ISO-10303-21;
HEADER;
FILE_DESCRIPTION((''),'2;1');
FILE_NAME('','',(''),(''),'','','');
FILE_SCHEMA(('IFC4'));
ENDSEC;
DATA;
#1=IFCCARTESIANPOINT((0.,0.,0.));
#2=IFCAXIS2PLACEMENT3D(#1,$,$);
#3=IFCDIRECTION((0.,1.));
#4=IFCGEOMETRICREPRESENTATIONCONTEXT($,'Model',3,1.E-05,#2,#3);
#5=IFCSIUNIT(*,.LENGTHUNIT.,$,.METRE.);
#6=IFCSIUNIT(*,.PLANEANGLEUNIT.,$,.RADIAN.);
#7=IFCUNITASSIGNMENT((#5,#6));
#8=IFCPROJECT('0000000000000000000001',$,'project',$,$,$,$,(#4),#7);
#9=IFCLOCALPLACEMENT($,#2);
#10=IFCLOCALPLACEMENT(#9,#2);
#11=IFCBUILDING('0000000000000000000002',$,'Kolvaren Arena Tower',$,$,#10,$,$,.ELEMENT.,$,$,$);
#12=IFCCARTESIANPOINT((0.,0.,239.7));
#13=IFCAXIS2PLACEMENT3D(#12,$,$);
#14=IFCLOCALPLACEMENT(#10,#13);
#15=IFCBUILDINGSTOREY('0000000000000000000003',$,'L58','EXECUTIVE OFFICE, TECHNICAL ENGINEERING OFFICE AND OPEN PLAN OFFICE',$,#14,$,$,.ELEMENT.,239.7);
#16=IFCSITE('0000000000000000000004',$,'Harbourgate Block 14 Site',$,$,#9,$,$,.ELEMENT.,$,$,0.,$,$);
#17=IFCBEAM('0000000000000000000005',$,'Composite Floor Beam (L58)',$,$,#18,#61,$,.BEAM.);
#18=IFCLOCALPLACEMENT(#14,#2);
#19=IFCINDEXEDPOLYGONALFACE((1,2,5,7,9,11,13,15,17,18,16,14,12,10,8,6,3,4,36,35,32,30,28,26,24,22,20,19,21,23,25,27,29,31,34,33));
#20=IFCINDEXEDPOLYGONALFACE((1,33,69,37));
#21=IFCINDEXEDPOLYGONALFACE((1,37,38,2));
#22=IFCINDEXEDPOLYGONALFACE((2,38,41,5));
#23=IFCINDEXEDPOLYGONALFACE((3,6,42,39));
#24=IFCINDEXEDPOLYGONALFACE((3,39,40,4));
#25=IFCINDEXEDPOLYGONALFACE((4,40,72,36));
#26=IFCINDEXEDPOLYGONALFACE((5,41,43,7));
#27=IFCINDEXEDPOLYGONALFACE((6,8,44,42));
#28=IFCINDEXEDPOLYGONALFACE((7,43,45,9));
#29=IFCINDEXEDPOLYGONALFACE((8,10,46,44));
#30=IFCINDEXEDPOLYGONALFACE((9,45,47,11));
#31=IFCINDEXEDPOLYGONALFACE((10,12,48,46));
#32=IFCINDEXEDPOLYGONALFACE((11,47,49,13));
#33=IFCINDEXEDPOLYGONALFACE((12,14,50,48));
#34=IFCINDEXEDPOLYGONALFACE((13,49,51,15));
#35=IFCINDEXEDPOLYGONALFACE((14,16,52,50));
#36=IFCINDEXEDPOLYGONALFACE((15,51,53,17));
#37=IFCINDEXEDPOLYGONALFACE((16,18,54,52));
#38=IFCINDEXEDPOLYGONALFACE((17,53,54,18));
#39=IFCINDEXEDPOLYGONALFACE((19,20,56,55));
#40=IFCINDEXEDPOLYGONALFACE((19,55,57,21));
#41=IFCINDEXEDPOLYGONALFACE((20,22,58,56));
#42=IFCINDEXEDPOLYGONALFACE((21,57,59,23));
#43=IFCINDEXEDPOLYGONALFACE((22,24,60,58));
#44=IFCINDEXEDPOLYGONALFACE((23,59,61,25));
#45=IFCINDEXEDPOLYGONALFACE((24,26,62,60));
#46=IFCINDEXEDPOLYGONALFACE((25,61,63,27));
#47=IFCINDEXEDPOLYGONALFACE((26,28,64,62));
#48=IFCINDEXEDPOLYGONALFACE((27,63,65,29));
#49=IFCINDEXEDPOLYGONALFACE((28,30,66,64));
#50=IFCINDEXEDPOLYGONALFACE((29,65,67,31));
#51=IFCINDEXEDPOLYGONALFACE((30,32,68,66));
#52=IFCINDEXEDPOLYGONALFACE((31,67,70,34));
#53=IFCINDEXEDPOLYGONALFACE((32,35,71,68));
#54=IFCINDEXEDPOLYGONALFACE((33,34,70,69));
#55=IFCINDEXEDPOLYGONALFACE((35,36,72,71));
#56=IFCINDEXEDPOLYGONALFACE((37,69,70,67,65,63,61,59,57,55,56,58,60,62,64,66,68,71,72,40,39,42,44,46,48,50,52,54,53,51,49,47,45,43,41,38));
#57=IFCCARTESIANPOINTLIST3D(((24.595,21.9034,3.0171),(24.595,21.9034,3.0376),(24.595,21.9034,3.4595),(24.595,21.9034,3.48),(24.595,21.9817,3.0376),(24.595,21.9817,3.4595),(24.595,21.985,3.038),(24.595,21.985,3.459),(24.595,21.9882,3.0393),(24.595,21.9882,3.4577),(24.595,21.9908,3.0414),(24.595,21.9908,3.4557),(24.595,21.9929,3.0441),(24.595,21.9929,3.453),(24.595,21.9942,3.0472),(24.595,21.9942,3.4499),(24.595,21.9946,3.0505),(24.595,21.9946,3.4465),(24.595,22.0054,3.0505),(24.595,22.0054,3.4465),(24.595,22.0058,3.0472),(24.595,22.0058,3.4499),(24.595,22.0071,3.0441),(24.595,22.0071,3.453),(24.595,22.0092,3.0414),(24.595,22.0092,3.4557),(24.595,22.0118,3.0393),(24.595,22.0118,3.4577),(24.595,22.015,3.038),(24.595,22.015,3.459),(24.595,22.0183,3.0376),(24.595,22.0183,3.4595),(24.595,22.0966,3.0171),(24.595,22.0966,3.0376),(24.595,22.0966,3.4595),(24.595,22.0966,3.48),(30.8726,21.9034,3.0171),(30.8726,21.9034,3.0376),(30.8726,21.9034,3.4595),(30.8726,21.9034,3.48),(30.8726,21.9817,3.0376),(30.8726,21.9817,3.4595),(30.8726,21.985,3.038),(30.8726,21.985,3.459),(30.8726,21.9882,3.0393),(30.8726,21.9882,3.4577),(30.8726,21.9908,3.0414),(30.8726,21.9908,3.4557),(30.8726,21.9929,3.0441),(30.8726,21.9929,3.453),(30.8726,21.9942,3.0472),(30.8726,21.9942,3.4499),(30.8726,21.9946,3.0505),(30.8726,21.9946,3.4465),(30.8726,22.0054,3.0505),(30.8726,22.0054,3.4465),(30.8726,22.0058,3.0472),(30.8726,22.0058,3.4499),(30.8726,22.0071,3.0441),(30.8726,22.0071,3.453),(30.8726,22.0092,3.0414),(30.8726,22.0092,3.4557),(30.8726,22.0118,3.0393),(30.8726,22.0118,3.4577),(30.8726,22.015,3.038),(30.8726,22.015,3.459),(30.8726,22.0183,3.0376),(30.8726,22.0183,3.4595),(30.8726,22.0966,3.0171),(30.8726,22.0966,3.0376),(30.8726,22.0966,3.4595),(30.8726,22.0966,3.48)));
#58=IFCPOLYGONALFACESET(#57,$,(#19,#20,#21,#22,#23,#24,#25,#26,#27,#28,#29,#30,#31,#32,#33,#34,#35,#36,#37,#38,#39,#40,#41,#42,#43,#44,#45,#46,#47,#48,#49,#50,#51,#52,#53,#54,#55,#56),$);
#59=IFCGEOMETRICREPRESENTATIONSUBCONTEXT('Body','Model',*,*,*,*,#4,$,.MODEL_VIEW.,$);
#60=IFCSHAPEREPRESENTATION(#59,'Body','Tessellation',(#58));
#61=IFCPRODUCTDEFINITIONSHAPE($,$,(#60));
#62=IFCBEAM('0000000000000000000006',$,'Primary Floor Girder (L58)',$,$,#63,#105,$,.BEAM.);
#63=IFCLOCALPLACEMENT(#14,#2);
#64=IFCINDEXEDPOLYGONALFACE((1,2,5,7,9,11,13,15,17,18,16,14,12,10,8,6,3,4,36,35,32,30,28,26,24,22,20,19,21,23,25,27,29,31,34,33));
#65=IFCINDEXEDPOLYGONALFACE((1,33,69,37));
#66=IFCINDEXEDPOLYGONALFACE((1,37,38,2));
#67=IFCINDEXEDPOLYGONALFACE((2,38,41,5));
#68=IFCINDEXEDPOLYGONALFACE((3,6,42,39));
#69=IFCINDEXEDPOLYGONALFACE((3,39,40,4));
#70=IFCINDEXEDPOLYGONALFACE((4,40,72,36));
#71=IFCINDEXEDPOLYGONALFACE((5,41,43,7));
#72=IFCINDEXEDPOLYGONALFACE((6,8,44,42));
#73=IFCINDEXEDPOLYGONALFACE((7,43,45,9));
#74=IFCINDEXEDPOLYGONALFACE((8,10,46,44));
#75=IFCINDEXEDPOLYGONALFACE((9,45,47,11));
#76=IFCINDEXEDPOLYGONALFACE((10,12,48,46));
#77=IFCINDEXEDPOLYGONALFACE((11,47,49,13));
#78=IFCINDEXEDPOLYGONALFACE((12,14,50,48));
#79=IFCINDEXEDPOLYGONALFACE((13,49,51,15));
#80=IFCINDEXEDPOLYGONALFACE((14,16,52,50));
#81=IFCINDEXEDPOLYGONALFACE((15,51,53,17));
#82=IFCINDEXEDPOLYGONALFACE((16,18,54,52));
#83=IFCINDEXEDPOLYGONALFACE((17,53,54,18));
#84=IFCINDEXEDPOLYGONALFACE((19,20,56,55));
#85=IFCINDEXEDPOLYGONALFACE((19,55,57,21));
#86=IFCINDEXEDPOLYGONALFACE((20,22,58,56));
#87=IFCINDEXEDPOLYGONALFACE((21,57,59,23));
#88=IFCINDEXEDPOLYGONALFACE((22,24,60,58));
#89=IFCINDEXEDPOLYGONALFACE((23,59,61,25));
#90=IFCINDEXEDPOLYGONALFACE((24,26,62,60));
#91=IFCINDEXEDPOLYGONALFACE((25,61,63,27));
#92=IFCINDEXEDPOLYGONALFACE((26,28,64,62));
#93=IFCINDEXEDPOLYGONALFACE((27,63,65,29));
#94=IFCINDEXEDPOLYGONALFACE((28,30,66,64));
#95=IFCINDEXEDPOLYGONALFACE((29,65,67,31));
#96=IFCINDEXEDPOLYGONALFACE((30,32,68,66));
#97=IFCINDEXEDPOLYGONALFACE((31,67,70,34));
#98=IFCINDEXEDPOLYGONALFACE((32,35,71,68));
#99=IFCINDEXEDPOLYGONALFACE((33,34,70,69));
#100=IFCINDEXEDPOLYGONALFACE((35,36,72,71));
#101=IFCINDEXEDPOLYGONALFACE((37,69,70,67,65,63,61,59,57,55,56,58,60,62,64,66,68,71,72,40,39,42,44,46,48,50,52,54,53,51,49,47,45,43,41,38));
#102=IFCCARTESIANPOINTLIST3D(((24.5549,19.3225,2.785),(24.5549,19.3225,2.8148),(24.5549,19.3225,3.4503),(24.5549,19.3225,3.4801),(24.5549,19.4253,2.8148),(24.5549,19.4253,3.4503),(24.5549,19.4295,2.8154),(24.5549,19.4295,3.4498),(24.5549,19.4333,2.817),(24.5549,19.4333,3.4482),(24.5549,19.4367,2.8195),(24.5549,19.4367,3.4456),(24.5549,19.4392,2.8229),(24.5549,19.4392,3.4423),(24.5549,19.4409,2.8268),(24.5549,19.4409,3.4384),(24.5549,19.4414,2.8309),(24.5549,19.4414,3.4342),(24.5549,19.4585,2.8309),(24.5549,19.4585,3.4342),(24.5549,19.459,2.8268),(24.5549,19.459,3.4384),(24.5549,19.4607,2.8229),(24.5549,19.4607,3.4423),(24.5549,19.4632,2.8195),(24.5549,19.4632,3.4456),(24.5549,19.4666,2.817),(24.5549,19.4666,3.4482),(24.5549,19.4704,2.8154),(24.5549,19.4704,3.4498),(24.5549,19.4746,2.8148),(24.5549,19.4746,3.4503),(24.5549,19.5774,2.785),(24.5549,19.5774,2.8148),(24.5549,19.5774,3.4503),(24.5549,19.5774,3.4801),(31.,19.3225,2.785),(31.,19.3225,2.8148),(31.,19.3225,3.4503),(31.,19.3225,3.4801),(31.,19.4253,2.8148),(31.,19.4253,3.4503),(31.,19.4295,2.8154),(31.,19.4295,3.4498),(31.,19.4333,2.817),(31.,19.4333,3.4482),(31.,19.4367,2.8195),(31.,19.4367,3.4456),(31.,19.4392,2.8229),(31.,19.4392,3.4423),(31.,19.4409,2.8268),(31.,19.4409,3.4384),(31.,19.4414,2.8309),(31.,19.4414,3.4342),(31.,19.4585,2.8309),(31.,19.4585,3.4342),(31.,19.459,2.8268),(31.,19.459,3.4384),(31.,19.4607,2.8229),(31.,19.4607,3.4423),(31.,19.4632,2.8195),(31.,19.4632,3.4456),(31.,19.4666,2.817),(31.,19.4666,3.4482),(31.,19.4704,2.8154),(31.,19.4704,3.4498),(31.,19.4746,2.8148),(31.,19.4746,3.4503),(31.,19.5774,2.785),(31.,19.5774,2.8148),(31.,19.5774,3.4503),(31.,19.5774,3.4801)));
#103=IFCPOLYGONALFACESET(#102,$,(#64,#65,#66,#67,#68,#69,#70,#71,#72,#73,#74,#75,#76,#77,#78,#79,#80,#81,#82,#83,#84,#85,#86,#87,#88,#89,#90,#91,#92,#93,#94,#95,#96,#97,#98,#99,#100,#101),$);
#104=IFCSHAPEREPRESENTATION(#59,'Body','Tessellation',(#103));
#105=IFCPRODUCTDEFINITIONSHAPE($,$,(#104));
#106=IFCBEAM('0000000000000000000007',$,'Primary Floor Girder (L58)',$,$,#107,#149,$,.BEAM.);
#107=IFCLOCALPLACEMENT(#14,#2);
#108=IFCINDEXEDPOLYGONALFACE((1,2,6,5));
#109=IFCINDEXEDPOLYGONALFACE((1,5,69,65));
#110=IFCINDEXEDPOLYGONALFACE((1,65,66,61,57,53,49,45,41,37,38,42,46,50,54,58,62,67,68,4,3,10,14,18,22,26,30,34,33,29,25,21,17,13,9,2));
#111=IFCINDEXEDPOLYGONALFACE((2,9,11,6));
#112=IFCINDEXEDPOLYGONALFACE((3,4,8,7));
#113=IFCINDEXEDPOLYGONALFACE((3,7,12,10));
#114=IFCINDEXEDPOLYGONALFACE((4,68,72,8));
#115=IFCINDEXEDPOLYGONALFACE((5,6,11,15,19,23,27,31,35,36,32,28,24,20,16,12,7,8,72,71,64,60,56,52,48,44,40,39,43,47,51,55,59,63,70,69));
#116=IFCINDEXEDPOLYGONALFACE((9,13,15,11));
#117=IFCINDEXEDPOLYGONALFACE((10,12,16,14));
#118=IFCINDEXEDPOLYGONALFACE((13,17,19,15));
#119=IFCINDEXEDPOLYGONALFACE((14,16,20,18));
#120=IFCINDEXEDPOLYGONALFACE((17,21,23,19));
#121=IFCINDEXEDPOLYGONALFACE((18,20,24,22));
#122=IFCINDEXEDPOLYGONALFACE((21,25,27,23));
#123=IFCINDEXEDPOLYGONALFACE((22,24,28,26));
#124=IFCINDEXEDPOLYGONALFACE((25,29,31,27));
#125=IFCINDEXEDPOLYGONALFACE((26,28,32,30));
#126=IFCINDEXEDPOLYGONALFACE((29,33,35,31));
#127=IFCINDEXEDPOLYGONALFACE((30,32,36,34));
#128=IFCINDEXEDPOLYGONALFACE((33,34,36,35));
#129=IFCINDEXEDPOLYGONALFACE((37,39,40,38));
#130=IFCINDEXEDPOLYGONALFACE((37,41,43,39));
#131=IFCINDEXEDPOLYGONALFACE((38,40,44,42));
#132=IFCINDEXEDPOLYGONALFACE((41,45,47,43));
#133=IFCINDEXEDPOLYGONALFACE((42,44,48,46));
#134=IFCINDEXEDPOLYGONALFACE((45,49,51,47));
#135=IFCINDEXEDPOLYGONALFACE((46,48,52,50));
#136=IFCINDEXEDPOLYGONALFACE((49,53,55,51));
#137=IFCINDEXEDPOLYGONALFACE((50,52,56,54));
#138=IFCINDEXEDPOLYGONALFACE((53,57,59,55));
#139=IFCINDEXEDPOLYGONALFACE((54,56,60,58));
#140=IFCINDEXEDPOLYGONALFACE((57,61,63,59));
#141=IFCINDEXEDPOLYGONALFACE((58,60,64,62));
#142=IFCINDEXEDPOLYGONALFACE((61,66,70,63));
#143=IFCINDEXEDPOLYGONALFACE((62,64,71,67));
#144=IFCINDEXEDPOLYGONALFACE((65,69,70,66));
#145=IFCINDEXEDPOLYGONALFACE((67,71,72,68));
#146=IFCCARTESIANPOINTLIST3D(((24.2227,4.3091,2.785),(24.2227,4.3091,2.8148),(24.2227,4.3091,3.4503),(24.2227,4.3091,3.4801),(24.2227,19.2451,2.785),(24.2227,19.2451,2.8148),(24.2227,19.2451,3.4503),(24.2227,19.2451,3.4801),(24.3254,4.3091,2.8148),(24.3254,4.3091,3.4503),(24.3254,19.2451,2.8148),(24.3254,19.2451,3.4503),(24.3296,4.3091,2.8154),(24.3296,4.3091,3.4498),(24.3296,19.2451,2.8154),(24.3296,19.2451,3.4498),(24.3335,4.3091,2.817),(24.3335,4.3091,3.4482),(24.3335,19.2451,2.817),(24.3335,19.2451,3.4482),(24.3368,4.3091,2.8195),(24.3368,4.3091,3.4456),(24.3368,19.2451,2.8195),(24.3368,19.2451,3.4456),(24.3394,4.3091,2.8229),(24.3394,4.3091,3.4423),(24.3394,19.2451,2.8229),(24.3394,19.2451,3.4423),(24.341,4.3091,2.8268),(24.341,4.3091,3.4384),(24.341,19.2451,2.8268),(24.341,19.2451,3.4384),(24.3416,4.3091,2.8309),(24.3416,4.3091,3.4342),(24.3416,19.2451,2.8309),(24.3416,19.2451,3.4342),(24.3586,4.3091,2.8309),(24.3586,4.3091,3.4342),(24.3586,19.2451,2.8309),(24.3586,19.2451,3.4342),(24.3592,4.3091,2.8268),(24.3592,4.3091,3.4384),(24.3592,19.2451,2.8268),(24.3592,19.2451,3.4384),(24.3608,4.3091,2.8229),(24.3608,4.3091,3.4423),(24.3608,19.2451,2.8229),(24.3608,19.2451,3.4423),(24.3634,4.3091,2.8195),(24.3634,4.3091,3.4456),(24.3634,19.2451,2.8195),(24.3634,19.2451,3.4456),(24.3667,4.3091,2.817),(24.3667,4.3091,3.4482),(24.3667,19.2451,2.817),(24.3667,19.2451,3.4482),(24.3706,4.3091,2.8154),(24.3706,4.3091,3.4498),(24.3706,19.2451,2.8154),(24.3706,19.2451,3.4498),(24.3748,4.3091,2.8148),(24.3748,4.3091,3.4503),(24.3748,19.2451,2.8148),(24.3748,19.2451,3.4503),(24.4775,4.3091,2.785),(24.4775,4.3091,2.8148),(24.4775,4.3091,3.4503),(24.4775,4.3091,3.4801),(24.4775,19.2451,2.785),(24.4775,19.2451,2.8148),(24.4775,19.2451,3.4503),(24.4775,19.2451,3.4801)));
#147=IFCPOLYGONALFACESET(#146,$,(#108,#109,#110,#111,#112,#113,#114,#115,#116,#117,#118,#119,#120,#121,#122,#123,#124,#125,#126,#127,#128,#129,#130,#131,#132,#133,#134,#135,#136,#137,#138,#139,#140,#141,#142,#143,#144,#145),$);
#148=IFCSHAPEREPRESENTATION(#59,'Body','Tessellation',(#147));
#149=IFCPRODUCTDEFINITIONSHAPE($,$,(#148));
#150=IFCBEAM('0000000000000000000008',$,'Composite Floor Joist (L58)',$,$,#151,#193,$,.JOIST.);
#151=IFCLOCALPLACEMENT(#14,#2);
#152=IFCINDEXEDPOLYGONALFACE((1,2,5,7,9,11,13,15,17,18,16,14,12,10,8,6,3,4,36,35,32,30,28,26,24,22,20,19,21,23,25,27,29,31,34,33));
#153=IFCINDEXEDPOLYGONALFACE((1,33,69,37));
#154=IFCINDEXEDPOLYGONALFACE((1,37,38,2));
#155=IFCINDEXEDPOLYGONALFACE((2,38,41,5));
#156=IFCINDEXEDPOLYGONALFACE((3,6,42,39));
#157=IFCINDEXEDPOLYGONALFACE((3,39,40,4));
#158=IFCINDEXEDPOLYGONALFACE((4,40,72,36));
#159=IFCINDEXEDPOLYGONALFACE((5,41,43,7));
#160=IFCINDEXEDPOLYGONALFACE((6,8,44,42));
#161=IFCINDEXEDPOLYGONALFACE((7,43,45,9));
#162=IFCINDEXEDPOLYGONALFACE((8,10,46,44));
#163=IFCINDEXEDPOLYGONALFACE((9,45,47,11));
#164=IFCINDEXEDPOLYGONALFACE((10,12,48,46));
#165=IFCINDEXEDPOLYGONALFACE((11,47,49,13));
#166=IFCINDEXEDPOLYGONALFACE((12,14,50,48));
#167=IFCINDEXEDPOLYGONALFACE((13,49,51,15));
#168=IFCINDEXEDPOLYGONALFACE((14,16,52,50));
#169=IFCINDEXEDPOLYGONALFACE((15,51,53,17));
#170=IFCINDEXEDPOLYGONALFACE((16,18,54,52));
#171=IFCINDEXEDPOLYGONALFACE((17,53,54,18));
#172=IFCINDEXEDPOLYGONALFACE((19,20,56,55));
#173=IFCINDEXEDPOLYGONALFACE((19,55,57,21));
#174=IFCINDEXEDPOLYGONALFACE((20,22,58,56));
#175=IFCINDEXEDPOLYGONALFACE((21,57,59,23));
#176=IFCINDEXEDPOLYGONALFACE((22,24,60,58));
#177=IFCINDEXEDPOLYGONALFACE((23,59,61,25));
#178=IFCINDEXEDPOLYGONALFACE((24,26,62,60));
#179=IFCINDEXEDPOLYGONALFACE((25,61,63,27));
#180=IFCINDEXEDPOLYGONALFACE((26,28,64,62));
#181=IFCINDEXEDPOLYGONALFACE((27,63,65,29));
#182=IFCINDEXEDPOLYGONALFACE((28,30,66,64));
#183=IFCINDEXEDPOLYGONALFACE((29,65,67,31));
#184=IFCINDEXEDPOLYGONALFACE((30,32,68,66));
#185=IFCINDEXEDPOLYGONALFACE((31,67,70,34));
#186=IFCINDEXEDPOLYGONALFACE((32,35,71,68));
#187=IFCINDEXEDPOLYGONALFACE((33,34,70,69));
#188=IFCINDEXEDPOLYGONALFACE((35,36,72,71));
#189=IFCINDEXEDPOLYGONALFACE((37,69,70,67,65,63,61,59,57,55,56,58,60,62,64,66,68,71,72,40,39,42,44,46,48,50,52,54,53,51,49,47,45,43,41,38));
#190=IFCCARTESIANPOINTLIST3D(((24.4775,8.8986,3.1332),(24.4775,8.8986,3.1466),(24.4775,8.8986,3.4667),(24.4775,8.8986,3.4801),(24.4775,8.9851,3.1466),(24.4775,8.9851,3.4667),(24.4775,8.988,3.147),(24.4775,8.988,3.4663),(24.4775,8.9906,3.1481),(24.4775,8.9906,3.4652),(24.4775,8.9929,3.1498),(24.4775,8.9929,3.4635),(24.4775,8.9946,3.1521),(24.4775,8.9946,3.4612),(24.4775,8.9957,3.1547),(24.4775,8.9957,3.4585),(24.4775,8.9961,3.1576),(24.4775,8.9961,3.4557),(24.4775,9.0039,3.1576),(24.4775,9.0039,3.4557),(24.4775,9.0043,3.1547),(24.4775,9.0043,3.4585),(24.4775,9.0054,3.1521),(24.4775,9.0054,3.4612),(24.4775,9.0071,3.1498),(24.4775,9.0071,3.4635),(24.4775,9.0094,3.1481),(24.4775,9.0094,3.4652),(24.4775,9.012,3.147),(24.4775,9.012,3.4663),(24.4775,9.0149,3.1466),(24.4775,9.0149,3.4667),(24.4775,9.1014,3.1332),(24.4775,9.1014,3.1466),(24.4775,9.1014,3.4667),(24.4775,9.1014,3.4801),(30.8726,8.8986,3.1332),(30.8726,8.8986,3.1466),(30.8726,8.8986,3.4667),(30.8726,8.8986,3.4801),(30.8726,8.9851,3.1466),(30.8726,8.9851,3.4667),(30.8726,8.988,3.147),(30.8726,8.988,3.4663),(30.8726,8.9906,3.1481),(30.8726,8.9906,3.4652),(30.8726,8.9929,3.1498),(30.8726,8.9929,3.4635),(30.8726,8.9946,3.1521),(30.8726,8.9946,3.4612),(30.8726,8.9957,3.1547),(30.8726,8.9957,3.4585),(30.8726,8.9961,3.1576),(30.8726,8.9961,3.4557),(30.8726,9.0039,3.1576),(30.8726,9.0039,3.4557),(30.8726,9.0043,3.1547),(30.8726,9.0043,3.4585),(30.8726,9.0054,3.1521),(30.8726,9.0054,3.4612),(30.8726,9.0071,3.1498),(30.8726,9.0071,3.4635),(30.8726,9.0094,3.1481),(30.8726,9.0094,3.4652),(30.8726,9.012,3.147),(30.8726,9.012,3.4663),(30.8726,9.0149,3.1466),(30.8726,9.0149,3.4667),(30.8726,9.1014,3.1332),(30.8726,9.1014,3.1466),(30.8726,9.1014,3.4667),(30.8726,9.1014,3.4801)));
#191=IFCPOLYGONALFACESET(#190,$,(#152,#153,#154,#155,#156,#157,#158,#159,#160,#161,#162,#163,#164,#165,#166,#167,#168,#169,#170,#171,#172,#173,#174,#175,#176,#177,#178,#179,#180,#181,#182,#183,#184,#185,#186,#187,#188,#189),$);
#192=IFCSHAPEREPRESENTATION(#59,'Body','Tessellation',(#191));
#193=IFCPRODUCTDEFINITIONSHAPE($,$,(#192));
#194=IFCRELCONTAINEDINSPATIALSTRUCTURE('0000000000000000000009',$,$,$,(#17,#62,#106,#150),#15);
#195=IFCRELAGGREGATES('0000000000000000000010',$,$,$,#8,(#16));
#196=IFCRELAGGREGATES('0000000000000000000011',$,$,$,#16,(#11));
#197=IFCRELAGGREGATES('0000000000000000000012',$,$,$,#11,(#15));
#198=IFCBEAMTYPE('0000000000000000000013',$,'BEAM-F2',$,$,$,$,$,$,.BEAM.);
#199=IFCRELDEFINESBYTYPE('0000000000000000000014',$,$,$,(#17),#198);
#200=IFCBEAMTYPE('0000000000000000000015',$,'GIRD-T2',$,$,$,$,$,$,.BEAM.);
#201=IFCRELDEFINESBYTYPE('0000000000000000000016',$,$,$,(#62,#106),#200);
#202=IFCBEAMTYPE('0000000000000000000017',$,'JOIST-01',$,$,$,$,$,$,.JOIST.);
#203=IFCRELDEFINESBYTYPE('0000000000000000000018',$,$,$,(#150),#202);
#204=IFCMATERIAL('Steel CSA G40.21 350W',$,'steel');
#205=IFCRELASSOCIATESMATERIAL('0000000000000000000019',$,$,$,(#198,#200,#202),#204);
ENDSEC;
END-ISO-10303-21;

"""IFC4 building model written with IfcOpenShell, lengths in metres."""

from ifc_helpers import new_model, si_unit, direction, frame, origin, origin_2d, place, context, subcontext, project, spatial, i_section, extrude, material, material_profile, profile_set, type_object, element, save


model = new_model("IFC4")

# Units and contexts
model_context = context("Model", 3, precision=1e-05, world=origin(), true_north=direction((0.0, 1.0)))
body_context = subcontext(model_context, "Body", "Model", "MODEL_VIEW")
ifc_project = project(units=[si_unit("LENGTHUNIT", "METRE"), si_unit("PLANEANGLEUNIT", "RADIAN")], contexts=[model_context])

# Site, building, storey
site_placement = place(None, origin())
site = spatial("IfcSite", under=ifc_project, at=site_placement, Name="Harbourgate Block 14 Site", CompositionType="ELEMENT", RefElevation=0.0)
building_placement = place(site_placement, origin())
building = spatial("IfcBuilding", under=site, at=building_placement, Name="Kolvaren Arena Tower", CompositionType="ELEMENT")
storey_placement = place(building_placement, frame((0.0, 0.0, 239.7)))
storey = spatial("IfcBuildingStorey", under=building, at=storey_placement, Name="L58", Description="EXECUTIVE OFFICE, TECHNICAL ENGINEERING OFFICE AND OPEN PLAN OFFICE", CompositionType="ELEMENT", Elevation=239.7)

# Beams
ifc_material_1 = material(Name="Steel CSA G40.21 350W", Category="steel")
ifc_material_profile_1 = material_profile(ifc_material_1, i_section(OverallWidth=0.1931, OverallDepth=0.4629, WebThickness=0.0107, FlangeThickness=0.0205, FilletRadius=0.0129, at=origin_2d()), Name="W460x113")
ifc_profile_set_1 = profile_set([ifc_material_profile_1], Name="Steel CSA G40.21 350W")
beam_type_1 = type_object("IfcBeamType", Name="BEAM-F2", PredefinedType="BEAM", material=ifc_profile_set_1)
beam_1_placement = place(storey_placement, frame((24.595, 22.0, 3.2485), z_axis=(1.0, 0.0, 0.0), x_axis=(0.0, 1.0, 0.0)))
element("IfcBeam", 1, at=beam_1_placement, inside=storey, type_object=beam_type_1, Name="Composite Floor Beam (L58)", PredefinedType="BEAM", context=body_context, shape_type="SweptSolid", body=[
    extrude(i_section(OverallWidth=0.1931, OverallDepth=0.4629, WebThickness=0.0107, FlangeThickness=0.0205, FilletRadius=0.0129, at=origin_2d()), origin(), (0.0, 0.0, 1.0), 6.2776),
])
ifc_material_profile_2 = material_profile(ifc_material_1, i_section(OverallWidth=0.2549, OverallDepth=0.6951, WebThickness=0.0171, FlangeThickness=0.0298, FilletRadius=0.0161, at=origin_2d()), Name="W690x217")
ifc_profile_set_2 = profile_set([ifc_material_profile_2], Name="Steel CSA G40.21 350W")
beam_type_2 = type_object("IfcBeamType", Name="GIRD-T2", PredefinedType="BEAM", material=ifc_profile_set_2)
beam_2_placement = place(storey_placement, frame((24.5549, 19.45, 3.1326), z_axis=(1.0, 0.0, 0.0), x_axis=(0.0, 1.0, 0.0)))
element("IfcBeam", 2, at=beam_2_placement, inside=storey, type_object=beam_type_2, Name="Primary Floor Girder (L58)", PredefinedType="BEAM", context=body_context, shape_type="SweptSolid", body=[
    extrude(i_section(OverallWidth=0.2549, OverallDepth=0.6951, WebThickness=0.0171, FlangeThickness=0.0298, FilletRadius=0.0161, at=origin_2d()), origin(), (0.0, 0.0, 1.0), 6.4451),
])
beam_3_placement = place(storey_placement, frame((24.3501, 4.3091, 3.1326), z_axis=(0.0, 1.0, 0.0), x_axis=(-1.0, 0.0, 0.0)))
element("IfcBeam", 3, at=beam_3_placement, inside=storey, type_object=beam_type_2, Name="Primary Floor Girder (L58)", PredefinedType="BEAM", context=body_context, shape_type="SweptSolid", body=[
    extrude(i_section(OverallWidth=0.2549, OverallDepth=0.6951, WebThickness=0.0171, FlangeThickness=0.0298, FilletRadius=0.0161, at=origin_2d()), origin(), (0.0, 0.0, 1.0), 14.936),
])
ifc_material_profile_3 = material_profile(ifc_material_1, i_section(OverallWidth=0.2029, OverallDepth=0.3469, WebThickness=0.0078, FlangeThickness=0.0134, FilletRadius=0.011, at=origin_2d()), Name="W360x64")
ifc_profile_set_3 = profile_set([ifc_material_profile_3], Name="Steel CSA G40.21 350W")
beam_type_3 = type_object("IfcBeamType", Name="JOIST-01", PredefinedType="JOIST", material=ifc_profile_set_3)
for number, where, z_axis, x_axis, name in (
    (4, (24.4775, 9.0, 3.3066), (1.0, 0.0, 0.0), (0.0, 1.0, 0.0), "Composite Floor Joist (L58)"),
):
    element("IfcBeam", number, at=place(storey_placement, frame(where, z_axis=z_axis, x_axis=x_axis)), inside=storey, type_object=beam_type_3, Name=name, PredefinedType="JOIST", context=body_context, shape_type="SweptSolid", body=[
        extrude(i_section(OverallWidth=0.2029, OverallDepth=0.3469, WebThickness=0.0078, FlangeThickness=0.0134, FilletRadius=0.011, at=origin_2d()), origin(), (0.0, 0.0, 1.0), 6.395),
    ])

save(model, "model.ifc")
